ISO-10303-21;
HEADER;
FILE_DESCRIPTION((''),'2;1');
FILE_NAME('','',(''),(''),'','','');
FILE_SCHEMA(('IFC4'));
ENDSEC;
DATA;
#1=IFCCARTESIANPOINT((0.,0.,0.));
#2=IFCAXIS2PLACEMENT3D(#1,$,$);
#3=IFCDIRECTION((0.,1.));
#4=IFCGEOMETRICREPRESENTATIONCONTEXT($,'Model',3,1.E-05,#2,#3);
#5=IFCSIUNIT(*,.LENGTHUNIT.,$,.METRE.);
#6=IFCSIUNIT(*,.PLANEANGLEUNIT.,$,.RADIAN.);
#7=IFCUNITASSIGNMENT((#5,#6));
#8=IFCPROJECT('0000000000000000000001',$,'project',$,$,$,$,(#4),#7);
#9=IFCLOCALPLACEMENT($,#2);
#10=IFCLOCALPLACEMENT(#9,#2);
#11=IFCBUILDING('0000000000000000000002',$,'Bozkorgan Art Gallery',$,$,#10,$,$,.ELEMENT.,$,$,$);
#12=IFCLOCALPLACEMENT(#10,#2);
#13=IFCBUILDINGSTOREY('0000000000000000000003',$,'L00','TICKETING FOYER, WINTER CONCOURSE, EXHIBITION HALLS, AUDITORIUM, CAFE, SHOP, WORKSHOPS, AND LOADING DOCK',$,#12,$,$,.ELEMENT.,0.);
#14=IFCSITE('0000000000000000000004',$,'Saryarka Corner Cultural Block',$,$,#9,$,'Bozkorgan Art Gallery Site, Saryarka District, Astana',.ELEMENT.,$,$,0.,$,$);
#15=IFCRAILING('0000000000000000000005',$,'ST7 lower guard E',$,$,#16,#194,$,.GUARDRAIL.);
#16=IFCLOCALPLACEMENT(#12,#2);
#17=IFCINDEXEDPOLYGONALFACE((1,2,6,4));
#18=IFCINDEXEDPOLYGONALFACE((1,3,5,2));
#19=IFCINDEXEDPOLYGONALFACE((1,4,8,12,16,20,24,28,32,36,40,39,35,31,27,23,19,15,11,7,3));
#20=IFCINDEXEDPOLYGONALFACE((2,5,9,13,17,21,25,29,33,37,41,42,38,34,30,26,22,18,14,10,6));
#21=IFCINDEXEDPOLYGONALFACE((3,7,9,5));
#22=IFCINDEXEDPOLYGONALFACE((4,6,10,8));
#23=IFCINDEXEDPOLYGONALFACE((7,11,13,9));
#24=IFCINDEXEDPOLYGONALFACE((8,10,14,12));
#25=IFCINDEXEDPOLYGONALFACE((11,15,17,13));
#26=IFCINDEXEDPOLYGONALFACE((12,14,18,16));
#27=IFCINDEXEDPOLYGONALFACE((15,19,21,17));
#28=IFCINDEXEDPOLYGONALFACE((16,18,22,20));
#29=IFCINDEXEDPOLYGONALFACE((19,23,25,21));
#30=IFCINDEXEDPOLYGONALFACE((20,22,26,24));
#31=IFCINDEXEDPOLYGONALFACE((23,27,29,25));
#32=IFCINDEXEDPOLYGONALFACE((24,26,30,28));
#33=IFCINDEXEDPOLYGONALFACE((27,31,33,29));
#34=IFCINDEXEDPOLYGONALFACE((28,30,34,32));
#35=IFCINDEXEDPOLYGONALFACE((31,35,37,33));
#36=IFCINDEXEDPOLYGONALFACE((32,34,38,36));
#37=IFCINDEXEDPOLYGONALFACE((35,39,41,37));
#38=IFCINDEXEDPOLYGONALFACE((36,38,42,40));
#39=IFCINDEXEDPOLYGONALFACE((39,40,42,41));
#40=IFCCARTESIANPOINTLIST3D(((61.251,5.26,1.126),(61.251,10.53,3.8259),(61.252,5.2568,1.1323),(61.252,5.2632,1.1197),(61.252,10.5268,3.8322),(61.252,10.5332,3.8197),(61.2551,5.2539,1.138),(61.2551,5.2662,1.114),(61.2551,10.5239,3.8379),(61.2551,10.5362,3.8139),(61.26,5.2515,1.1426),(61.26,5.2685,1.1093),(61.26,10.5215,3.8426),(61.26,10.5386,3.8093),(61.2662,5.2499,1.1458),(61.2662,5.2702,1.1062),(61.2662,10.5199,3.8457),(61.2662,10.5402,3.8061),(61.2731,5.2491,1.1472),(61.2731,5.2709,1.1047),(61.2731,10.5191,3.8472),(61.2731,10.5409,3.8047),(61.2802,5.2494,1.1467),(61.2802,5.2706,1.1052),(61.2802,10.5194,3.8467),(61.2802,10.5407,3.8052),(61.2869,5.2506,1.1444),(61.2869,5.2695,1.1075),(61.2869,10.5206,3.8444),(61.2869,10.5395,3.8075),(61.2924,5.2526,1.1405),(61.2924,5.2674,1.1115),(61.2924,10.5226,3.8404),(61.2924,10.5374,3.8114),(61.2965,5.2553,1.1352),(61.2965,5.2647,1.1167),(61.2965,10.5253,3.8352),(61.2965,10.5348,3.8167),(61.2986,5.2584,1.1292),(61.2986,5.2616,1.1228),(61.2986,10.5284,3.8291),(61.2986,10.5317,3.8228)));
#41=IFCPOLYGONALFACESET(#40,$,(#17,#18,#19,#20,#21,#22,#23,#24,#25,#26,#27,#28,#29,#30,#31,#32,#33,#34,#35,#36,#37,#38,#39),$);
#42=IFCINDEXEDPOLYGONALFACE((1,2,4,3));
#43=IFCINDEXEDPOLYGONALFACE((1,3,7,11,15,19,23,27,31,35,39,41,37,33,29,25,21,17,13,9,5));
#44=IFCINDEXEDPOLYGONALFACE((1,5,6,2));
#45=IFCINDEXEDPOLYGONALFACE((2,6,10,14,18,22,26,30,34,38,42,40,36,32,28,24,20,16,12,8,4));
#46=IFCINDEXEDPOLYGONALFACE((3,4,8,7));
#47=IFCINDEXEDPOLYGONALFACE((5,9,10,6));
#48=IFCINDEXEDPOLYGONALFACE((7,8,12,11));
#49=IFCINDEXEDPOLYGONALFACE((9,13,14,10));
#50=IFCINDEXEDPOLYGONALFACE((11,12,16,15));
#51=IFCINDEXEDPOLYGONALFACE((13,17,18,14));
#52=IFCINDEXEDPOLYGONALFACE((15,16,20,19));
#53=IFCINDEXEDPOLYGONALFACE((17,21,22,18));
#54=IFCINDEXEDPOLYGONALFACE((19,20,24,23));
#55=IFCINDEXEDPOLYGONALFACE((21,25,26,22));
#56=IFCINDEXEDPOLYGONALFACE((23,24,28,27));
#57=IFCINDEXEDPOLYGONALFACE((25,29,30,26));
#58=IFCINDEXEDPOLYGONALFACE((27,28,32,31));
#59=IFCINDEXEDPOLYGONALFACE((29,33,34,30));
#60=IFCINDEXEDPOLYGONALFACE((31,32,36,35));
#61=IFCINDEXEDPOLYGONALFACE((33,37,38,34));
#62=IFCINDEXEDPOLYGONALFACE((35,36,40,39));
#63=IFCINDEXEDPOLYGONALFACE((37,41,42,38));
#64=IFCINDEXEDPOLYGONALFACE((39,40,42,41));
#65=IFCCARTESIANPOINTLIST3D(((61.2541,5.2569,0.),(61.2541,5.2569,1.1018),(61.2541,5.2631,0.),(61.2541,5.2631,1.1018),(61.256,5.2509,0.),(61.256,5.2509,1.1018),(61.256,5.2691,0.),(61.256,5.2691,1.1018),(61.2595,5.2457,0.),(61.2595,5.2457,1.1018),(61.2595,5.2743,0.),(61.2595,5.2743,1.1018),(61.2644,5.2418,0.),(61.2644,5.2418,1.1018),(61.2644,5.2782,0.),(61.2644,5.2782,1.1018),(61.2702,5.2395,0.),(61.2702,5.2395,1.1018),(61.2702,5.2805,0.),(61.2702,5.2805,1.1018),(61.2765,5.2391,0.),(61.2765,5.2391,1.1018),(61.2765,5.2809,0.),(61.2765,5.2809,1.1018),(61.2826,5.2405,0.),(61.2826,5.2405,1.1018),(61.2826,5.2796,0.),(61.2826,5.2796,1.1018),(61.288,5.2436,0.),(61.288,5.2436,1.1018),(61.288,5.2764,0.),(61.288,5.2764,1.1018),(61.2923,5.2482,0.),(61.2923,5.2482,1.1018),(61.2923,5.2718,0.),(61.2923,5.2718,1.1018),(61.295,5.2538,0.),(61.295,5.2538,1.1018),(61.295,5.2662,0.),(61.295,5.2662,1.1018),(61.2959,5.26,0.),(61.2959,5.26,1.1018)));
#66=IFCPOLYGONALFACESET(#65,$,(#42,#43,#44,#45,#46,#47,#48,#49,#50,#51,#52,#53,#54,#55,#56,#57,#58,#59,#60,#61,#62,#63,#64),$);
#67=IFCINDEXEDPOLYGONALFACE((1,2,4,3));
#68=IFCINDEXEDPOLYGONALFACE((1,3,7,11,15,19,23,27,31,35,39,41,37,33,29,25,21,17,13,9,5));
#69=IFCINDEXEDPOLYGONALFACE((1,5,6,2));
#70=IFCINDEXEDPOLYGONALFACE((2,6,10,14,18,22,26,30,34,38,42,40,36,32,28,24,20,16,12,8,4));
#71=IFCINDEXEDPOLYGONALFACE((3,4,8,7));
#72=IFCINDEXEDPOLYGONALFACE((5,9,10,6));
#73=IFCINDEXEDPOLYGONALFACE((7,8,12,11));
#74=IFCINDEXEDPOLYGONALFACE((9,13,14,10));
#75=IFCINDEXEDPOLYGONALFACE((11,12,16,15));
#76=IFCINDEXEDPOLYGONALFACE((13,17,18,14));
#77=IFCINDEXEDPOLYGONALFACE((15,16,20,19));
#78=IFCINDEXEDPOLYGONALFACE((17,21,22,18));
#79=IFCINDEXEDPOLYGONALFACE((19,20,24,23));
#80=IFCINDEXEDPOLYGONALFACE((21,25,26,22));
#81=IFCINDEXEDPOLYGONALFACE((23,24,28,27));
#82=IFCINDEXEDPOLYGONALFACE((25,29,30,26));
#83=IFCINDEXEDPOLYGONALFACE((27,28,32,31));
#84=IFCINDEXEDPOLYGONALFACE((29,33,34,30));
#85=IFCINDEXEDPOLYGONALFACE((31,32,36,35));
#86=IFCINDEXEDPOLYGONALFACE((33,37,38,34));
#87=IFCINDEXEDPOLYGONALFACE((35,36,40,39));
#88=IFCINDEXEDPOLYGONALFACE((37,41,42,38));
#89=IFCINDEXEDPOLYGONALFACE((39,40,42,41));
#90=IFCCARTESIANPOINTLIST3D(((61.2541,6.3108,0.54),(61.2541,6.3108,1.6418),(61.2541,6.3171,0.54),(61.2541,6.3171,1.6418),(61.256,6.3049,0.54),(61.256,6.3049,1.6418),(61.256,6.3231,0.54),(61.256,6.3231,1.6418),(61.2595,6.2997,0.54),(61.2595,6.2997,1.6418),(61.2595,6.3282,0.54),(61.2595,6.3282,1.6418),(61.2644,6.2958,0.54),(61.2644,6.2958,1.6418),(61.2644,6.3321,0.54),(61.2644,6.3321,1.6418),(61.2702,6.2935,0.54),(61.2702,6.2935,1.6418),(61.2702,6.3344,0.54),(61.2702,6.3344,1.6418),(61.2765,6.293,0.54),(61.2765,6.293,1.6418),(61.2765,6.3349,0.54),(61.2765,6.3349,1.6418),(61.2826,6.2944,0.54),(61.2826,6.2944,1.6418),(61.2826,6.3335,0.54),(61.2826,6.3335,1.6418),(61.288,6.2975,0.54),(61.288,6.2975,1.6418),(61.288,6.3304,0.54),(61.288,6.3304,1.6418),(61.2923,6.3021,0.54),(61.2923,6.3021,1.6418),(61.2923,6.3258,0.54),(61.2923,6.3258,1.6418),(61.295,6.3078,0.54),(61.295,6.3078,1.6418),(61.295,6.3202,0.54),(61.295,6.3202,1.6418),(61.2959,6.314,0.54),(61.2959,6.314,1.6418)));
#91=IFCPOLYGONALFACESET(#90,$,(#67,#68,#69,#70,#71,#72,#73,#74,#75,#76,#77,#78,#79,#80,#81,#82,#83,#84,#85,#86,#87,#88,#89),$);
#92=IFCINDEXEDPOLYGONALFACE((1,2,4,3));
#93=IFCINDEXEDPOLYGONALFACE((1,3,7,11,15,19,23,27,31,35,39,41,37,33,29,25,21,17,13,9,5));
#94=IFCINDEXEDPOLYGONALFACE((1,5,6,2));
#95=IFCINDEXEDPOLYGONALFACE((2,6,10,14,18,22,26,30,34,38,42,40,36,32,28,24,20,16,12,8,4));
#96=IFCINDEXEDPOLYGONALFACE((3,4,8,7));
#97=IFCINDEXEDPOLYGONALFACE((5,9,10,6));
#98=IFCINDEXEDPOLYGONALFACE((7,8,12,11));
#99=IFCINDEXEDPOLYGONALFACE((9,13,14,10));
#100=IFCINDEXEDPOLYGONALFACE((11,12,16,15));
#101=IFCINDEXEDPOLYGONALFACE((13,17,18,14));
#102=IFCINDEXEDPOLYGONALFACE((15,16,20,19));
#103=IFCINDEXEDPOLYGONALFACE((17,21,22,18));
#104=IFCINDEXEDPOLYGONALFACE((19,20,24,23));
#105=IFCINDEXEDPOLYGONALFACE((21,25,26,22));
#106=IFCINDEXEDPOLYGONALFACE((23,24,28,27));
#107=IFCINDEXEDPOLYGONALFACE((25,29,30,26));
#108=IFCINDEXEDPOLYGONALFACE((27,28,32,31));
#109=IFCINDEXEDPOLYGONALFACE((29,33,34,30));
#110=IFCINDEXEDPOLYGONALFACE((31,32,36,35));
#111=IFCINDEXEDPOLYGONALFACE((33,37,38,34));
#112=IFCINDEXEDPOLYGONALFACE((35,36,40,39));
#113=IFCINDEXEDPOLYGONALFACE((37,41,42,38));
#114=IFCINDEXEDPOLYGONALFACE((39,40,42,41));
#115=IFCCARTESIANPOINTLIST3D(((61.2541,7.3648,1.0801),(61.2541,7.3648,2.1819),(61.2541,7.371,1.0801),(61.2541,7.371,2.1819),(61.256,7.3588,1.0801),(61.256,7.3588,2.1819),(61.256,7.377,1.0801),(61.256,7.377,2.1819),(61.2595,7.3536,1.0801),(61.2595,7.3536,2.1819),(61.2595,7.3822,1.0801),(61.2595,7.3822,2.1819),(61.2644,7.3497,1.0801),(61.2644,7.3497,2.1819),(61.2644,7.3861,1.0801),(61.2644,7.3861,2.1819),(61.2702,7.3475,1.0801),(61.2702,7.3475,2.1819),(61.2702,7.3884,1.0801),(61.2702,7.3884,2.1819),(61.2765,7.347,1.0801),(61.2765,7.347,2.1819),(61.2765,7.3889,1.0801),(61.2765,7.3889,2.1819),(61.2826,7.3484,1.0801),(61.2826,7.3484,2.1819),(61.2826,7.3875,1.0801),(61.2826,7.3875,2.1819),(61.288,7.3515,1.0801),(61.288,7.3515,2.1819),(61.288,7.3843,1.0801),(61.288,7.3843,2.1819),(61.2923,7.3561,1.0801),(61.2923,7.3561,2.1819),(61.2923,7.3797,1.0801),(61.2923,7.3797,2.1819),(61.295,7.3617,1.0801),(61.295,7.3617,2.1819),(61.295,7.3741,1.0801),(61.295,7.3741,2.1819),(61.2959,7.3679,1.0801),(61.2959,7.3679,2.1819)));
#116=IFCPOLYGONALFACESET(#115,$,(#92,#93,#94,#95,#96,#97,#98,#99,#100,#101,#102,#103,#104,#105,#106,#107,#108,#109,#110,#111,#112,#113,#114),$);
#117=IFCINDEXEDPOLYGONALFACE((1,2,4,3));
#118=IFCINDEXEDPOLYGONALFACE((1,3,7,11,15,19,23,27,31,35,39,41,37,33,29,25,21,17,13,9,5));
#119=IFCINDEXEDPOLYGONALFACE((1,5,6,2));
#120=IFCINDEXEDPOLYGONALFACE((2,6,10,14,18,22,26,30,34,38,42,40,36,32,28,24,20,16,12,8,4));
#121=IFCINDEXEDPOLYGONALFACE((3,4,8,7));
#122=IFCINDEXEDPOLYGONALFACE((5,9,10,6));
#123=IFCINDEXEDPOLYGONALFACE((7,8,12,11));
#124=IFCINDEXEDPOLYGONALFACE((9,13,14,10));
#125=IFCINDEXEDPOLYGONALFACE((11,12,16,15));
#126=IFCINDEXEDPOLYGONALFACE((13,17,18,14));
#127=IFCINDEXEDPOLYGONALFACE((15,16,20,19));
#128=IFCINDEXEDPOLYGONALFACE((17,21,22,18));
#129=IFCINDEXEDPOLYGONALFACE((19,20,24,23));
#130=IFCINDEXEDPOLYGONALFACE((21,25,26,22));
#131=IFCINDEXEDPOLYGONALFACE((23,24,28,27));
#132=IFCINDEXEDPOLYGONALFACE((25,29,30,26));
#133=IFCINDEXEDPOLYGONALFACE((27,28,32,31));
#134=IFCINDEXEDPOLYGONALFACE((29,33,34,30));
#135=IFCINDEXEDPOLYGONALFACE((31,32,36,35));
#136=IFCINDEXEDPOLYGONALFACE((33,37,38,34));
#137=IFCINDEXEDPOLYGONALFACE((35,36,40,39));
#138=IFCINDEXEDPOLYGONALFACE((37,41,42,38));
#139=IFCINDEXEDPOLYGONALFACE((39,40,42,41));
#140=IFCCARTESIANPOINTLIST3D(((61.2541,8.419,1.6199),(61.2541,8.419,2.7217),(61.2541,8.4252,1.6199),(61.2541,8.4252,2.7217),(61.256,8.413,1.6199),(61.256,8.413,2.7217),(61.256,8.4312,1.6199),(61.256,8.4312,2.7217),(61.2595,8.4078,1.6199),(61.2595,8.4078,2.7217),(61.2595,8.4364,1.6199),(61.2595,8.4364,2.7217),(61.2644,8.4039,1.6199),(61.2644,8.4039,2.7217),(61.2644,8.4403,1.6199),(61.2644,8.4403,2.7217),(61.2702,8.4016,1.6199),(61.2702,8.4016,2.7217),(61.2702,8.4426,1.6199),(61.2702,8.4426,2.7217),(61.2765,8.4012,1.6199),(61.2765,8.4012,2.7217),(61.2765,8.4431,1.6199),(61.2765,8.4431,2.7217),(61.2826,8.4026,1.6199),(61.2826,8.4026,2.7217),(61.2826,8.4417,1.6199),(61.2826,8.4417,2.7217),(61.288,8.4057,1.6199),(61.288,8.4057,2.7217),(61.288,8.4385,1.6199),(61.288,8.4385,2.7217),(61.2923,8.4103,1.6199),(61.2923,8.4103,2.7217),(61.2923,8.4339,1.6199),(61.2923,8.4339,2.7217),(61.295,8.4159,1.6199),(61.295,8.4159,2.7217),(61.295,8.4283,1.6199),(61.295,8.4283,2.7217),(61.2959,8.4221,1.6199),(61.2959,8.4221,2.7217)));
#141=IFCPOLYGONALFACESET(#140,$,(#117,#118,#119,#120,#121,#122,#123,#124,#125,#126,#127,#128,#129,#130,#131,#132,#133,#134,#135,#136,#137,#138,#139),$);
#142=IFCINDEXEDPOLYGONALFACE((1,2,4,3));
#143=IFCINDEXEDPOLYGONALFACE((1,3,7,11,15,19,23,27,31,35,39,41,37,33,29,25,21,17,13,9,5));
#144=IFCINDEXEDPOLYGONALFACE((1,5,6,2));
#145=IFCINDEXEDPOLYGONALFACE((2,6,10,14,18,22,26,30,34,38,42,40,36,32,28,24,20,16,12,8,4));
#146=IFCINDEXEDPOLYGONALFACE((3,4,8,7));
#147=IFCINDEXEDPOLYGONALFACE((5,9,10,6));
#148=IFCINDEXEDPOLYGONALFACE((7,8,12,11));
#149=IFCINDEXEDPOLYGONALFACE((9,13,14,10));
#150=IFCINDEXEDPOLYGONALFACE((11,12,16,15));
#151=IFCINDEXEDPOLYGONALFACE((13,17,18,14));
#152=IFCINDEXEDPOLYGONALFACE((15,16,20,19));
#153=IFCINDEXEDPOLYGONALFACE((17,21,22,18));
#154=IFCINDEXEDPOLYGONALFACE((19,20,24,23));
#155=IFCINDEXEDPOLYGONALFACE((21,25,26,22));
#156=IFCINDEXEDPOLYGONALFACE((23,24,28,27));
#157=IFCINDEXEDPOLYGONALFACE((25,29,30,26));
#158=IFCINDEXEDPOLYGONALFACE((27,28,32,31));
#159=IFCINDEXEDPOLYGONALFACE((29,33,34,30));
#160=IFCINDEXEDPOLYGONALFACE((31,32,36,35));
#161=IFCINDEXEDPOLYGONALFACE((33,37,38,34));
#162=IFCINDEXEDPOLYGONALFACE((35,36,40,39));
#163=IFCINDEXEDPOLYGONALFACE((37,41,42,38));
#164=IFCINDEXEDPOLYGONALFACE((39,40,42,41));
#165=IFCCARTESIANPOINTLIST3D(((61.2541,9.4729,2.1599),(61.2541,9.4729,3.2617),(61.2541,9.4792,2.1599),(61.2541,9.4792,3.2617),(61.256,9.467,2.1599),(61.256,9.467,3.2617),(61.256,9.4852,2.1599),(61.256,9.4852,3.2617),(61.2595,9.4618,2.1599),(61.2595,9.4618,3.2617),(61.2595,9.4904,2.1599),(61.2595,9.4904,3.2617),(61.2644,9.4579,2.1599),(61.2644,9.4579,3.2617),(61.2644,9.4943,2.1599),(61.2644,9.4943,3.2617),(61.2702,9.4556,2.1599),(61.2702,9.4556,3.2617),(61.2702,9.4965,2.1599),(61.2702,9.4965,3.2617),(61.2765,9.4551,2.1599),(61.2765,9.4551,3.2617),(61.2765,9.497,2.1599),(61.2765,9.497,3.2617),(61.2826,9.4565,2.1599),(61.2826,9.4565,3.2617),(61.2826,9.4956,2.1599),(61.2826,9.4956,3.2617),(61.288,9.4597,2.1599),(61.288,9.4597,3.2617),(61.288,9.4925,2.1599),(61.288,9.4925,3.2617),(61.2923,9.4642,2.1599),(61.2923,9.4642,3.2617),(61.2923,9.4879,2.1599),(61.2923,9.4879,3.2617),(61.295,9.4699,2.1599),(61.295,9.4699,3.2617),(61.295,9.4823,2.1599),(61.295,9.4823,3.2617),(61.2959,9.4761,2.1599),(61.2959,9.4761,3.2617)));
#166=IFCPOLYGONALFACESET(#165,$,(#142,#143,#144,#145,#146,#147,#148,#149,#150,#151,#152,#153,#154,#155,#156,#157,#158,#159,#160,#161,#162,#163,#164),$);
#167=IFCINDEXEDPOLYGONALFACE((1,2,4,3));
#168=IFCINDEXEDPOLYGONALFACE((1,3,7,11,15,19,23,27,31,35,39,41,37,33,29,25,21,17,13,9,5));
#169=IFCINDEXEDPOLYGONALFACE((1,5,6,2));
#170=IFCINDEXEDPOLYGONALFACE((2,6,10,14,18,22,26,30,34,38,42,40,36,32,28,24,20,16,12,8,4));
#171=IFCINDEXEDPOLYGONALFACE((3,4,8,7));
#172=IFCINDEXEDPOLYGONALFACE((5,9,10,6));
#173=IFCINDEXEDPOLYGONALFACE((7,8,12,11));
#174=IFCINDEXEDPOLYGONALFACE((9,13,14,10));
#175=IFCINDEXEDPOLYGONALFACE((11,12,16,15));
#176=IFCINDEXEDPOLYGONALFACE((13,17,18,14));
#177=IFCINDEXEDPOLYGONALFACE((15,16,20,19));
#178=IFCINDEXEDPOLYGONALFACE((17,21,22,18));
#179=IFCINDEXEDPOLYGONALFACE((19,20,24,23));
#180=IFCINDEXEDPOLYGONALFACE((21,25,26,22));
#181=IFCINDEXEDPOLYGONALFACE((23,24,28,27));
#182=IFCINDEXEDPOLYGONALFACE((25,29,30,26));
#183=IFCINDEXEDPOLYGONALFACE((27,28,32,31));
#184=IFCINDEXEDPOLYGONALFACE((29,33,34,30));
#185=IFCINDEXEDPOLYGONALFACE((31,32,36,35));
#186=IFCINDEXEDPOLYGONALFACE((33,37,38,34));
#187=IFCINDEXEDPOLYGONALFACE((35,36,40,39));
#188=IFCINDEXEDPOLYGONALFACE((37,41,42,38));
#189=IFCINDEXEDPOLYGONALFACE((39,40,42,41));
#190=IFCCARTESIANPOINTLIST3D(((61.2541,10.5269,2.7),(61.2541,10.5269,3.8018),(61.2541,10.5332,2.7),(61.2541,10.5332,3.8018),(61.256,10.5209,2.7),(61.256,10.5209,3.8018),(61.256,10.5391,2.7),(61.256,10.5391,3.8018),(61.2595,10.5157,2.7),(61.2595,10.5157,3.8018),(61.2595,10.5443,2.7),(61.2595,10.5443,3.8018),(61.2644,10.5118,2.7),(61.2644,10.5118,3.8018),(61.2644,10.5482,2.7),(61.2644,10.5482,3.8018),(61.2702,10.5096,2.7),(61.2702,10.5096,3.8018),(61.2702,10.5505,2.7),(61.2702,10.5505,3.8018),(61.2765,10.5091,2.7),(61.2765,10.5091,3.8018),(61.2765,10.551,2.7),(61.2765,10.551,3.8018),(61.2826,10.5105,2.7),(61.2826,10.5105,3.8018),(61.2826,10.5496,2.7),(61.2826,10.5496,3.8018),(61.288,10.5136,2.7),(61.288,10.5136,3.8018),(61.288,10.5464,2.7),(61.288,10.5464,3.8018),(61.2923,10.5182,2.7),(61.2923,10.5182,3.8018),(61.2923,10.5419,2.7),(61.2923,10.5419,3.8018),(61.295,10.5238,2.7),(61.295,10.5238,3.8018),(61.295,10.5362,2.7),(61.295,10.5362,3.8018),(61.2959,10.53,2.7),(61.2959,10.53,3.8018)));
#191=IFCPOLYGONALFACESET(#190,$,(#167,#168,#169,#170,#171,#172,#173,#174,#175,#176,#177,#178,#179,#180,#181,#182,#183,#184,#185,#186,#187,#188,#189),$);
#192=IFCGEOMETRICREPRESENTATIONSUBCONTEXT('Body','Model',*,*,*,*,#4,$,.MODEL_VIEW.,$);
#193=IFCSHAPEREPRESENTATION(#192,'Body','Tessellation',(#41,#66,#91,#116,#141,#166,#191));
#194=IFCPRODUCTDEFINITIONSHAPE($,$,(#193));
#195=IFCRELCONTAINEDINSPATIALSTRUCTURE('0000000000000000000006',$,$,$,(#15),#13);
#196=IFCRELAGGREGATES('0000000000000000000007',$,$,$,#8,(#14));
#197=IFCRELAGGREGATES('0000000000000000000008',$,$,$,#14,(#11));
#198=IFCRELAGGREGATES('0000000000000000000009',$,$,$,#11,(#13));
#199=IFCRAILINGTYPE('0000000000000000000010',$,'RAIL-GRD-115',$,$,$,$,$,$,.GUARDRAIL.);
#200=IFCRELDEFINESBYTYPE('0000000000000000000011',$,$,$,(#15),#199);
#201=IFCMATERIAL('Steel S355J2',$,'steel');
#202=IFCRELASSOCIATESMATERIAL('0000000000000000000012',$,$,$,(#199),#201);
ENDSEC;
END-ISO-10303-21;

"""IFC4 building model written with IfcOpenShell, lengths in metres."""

from ifc_helpers import new_model, si_unit, direction, frame, origin, origin_2d, place, context, subcontext, project, spatial, circle, extrude, material, type_object, element, save


model = new_model("IFC4")

# Units and contexts
model_context = context("Model", 3, precision=1e-05, world=origin(), true_north=direction((0.0, 1.0)))
body_context = subcontext(model_context, "Body", "Model", "MODEL_VIEW")
ifc_project = project(units=[si_unit("LENGTHUNIT", "METRE"), si_unit("PLANEANGLEUNIT", "RADIAN")], contexts=[model_context])

# Site, building, storey
site_placement = place(None, origin())
site = spatial("IfcSite", under=ifc_project, at=site_placement, Name="Saryarka Corner Cultural Block", LongName="Bozkorgan Art Gallery Site, Saryarka District, Astana", CompositionType="ELEMENT", RefElevation=0.0)
building_placement = place(site_placement, origin())
building = spatial("IfcBuilding", under=site, at=building_placement, Name="Bozkorgan Art Gallery", CompositionType="ELEMENT")
storey_placement = place(building_placement, origin())
storey = spatial("IfcBuildingStorey", under=building, at=storey_placement, Name="L00", Description="TICKETING FOYER, WINTER CONCOURSE, EXHIBITION HALLS, AUDITORIUM, CAFE, SHOP, WORKSHOPS, AND LOADING DOCK", CompositionType="ELEMENT", Elevation=0.0)

# Shared definitions
ifc_material_1 = material(Name="Steel S355J2", Category="steel")

# Railing
railing_type = type_object("IfcRailingType", Name="RAIL-GRD-115", PredefinedType="GUARDRAIL", material=ifc_material_1)
railing_1_placement = place(storey_placement, frame((61.2749, 5.26, 0.0)))
element("IfcRailing", 1, at=railing_1_placement, inside=storey, type_object=railing_type, Name="ST7 lower guard E", PredefinedType="GUARDRAIL", context=body_context, shape_type="SweptSolid", body=[
    extrude(circle(Radius=0.0239, at=origin_2d()), frame((0.0, 0.0, 1.126), z_axis=(0.0, 0.889997, 0.455966), x_axis=(-1.0, 0.0, 0.0)), (0.0, 0.0, 1.0), 5.9214),
    extrude(circle(Radius=0.021, at=origin_2d()), origin(), (0.0, 0.0, 1.0), 1.1018),
    extrude(circle(Radius=0.021, at=origin_2d()), frame((0.0, 1.054, 0.54)), (0.0, 0.0, 1.0), 1.1018),
    extrude(circle(Radius=0.021, at=origin_2d()), frame((0.0, 2.1079, 1.0801)), (0.0, 0.0, 1.0), 1.1018),
    extrude(circle(Radius=0.021, at=origin_2d()), frame((0.0, 3.1621, 1.6199)), (0.0, 0.0, 1.0), 1.1018),
    extrude(circle(Radius=0.021, at=origin_2d()), frame((0.0, 4.2161, 2.1599)), (0.0, 0.0, 1.0), 1.1018),
    extrude(circle(Radius=0.021, at=origin_2d()), frame((0.0, 5.27, 2.7)), (0.0, 0.0, 1.0), 1.1018),
])

save(model, "model.ifc")
